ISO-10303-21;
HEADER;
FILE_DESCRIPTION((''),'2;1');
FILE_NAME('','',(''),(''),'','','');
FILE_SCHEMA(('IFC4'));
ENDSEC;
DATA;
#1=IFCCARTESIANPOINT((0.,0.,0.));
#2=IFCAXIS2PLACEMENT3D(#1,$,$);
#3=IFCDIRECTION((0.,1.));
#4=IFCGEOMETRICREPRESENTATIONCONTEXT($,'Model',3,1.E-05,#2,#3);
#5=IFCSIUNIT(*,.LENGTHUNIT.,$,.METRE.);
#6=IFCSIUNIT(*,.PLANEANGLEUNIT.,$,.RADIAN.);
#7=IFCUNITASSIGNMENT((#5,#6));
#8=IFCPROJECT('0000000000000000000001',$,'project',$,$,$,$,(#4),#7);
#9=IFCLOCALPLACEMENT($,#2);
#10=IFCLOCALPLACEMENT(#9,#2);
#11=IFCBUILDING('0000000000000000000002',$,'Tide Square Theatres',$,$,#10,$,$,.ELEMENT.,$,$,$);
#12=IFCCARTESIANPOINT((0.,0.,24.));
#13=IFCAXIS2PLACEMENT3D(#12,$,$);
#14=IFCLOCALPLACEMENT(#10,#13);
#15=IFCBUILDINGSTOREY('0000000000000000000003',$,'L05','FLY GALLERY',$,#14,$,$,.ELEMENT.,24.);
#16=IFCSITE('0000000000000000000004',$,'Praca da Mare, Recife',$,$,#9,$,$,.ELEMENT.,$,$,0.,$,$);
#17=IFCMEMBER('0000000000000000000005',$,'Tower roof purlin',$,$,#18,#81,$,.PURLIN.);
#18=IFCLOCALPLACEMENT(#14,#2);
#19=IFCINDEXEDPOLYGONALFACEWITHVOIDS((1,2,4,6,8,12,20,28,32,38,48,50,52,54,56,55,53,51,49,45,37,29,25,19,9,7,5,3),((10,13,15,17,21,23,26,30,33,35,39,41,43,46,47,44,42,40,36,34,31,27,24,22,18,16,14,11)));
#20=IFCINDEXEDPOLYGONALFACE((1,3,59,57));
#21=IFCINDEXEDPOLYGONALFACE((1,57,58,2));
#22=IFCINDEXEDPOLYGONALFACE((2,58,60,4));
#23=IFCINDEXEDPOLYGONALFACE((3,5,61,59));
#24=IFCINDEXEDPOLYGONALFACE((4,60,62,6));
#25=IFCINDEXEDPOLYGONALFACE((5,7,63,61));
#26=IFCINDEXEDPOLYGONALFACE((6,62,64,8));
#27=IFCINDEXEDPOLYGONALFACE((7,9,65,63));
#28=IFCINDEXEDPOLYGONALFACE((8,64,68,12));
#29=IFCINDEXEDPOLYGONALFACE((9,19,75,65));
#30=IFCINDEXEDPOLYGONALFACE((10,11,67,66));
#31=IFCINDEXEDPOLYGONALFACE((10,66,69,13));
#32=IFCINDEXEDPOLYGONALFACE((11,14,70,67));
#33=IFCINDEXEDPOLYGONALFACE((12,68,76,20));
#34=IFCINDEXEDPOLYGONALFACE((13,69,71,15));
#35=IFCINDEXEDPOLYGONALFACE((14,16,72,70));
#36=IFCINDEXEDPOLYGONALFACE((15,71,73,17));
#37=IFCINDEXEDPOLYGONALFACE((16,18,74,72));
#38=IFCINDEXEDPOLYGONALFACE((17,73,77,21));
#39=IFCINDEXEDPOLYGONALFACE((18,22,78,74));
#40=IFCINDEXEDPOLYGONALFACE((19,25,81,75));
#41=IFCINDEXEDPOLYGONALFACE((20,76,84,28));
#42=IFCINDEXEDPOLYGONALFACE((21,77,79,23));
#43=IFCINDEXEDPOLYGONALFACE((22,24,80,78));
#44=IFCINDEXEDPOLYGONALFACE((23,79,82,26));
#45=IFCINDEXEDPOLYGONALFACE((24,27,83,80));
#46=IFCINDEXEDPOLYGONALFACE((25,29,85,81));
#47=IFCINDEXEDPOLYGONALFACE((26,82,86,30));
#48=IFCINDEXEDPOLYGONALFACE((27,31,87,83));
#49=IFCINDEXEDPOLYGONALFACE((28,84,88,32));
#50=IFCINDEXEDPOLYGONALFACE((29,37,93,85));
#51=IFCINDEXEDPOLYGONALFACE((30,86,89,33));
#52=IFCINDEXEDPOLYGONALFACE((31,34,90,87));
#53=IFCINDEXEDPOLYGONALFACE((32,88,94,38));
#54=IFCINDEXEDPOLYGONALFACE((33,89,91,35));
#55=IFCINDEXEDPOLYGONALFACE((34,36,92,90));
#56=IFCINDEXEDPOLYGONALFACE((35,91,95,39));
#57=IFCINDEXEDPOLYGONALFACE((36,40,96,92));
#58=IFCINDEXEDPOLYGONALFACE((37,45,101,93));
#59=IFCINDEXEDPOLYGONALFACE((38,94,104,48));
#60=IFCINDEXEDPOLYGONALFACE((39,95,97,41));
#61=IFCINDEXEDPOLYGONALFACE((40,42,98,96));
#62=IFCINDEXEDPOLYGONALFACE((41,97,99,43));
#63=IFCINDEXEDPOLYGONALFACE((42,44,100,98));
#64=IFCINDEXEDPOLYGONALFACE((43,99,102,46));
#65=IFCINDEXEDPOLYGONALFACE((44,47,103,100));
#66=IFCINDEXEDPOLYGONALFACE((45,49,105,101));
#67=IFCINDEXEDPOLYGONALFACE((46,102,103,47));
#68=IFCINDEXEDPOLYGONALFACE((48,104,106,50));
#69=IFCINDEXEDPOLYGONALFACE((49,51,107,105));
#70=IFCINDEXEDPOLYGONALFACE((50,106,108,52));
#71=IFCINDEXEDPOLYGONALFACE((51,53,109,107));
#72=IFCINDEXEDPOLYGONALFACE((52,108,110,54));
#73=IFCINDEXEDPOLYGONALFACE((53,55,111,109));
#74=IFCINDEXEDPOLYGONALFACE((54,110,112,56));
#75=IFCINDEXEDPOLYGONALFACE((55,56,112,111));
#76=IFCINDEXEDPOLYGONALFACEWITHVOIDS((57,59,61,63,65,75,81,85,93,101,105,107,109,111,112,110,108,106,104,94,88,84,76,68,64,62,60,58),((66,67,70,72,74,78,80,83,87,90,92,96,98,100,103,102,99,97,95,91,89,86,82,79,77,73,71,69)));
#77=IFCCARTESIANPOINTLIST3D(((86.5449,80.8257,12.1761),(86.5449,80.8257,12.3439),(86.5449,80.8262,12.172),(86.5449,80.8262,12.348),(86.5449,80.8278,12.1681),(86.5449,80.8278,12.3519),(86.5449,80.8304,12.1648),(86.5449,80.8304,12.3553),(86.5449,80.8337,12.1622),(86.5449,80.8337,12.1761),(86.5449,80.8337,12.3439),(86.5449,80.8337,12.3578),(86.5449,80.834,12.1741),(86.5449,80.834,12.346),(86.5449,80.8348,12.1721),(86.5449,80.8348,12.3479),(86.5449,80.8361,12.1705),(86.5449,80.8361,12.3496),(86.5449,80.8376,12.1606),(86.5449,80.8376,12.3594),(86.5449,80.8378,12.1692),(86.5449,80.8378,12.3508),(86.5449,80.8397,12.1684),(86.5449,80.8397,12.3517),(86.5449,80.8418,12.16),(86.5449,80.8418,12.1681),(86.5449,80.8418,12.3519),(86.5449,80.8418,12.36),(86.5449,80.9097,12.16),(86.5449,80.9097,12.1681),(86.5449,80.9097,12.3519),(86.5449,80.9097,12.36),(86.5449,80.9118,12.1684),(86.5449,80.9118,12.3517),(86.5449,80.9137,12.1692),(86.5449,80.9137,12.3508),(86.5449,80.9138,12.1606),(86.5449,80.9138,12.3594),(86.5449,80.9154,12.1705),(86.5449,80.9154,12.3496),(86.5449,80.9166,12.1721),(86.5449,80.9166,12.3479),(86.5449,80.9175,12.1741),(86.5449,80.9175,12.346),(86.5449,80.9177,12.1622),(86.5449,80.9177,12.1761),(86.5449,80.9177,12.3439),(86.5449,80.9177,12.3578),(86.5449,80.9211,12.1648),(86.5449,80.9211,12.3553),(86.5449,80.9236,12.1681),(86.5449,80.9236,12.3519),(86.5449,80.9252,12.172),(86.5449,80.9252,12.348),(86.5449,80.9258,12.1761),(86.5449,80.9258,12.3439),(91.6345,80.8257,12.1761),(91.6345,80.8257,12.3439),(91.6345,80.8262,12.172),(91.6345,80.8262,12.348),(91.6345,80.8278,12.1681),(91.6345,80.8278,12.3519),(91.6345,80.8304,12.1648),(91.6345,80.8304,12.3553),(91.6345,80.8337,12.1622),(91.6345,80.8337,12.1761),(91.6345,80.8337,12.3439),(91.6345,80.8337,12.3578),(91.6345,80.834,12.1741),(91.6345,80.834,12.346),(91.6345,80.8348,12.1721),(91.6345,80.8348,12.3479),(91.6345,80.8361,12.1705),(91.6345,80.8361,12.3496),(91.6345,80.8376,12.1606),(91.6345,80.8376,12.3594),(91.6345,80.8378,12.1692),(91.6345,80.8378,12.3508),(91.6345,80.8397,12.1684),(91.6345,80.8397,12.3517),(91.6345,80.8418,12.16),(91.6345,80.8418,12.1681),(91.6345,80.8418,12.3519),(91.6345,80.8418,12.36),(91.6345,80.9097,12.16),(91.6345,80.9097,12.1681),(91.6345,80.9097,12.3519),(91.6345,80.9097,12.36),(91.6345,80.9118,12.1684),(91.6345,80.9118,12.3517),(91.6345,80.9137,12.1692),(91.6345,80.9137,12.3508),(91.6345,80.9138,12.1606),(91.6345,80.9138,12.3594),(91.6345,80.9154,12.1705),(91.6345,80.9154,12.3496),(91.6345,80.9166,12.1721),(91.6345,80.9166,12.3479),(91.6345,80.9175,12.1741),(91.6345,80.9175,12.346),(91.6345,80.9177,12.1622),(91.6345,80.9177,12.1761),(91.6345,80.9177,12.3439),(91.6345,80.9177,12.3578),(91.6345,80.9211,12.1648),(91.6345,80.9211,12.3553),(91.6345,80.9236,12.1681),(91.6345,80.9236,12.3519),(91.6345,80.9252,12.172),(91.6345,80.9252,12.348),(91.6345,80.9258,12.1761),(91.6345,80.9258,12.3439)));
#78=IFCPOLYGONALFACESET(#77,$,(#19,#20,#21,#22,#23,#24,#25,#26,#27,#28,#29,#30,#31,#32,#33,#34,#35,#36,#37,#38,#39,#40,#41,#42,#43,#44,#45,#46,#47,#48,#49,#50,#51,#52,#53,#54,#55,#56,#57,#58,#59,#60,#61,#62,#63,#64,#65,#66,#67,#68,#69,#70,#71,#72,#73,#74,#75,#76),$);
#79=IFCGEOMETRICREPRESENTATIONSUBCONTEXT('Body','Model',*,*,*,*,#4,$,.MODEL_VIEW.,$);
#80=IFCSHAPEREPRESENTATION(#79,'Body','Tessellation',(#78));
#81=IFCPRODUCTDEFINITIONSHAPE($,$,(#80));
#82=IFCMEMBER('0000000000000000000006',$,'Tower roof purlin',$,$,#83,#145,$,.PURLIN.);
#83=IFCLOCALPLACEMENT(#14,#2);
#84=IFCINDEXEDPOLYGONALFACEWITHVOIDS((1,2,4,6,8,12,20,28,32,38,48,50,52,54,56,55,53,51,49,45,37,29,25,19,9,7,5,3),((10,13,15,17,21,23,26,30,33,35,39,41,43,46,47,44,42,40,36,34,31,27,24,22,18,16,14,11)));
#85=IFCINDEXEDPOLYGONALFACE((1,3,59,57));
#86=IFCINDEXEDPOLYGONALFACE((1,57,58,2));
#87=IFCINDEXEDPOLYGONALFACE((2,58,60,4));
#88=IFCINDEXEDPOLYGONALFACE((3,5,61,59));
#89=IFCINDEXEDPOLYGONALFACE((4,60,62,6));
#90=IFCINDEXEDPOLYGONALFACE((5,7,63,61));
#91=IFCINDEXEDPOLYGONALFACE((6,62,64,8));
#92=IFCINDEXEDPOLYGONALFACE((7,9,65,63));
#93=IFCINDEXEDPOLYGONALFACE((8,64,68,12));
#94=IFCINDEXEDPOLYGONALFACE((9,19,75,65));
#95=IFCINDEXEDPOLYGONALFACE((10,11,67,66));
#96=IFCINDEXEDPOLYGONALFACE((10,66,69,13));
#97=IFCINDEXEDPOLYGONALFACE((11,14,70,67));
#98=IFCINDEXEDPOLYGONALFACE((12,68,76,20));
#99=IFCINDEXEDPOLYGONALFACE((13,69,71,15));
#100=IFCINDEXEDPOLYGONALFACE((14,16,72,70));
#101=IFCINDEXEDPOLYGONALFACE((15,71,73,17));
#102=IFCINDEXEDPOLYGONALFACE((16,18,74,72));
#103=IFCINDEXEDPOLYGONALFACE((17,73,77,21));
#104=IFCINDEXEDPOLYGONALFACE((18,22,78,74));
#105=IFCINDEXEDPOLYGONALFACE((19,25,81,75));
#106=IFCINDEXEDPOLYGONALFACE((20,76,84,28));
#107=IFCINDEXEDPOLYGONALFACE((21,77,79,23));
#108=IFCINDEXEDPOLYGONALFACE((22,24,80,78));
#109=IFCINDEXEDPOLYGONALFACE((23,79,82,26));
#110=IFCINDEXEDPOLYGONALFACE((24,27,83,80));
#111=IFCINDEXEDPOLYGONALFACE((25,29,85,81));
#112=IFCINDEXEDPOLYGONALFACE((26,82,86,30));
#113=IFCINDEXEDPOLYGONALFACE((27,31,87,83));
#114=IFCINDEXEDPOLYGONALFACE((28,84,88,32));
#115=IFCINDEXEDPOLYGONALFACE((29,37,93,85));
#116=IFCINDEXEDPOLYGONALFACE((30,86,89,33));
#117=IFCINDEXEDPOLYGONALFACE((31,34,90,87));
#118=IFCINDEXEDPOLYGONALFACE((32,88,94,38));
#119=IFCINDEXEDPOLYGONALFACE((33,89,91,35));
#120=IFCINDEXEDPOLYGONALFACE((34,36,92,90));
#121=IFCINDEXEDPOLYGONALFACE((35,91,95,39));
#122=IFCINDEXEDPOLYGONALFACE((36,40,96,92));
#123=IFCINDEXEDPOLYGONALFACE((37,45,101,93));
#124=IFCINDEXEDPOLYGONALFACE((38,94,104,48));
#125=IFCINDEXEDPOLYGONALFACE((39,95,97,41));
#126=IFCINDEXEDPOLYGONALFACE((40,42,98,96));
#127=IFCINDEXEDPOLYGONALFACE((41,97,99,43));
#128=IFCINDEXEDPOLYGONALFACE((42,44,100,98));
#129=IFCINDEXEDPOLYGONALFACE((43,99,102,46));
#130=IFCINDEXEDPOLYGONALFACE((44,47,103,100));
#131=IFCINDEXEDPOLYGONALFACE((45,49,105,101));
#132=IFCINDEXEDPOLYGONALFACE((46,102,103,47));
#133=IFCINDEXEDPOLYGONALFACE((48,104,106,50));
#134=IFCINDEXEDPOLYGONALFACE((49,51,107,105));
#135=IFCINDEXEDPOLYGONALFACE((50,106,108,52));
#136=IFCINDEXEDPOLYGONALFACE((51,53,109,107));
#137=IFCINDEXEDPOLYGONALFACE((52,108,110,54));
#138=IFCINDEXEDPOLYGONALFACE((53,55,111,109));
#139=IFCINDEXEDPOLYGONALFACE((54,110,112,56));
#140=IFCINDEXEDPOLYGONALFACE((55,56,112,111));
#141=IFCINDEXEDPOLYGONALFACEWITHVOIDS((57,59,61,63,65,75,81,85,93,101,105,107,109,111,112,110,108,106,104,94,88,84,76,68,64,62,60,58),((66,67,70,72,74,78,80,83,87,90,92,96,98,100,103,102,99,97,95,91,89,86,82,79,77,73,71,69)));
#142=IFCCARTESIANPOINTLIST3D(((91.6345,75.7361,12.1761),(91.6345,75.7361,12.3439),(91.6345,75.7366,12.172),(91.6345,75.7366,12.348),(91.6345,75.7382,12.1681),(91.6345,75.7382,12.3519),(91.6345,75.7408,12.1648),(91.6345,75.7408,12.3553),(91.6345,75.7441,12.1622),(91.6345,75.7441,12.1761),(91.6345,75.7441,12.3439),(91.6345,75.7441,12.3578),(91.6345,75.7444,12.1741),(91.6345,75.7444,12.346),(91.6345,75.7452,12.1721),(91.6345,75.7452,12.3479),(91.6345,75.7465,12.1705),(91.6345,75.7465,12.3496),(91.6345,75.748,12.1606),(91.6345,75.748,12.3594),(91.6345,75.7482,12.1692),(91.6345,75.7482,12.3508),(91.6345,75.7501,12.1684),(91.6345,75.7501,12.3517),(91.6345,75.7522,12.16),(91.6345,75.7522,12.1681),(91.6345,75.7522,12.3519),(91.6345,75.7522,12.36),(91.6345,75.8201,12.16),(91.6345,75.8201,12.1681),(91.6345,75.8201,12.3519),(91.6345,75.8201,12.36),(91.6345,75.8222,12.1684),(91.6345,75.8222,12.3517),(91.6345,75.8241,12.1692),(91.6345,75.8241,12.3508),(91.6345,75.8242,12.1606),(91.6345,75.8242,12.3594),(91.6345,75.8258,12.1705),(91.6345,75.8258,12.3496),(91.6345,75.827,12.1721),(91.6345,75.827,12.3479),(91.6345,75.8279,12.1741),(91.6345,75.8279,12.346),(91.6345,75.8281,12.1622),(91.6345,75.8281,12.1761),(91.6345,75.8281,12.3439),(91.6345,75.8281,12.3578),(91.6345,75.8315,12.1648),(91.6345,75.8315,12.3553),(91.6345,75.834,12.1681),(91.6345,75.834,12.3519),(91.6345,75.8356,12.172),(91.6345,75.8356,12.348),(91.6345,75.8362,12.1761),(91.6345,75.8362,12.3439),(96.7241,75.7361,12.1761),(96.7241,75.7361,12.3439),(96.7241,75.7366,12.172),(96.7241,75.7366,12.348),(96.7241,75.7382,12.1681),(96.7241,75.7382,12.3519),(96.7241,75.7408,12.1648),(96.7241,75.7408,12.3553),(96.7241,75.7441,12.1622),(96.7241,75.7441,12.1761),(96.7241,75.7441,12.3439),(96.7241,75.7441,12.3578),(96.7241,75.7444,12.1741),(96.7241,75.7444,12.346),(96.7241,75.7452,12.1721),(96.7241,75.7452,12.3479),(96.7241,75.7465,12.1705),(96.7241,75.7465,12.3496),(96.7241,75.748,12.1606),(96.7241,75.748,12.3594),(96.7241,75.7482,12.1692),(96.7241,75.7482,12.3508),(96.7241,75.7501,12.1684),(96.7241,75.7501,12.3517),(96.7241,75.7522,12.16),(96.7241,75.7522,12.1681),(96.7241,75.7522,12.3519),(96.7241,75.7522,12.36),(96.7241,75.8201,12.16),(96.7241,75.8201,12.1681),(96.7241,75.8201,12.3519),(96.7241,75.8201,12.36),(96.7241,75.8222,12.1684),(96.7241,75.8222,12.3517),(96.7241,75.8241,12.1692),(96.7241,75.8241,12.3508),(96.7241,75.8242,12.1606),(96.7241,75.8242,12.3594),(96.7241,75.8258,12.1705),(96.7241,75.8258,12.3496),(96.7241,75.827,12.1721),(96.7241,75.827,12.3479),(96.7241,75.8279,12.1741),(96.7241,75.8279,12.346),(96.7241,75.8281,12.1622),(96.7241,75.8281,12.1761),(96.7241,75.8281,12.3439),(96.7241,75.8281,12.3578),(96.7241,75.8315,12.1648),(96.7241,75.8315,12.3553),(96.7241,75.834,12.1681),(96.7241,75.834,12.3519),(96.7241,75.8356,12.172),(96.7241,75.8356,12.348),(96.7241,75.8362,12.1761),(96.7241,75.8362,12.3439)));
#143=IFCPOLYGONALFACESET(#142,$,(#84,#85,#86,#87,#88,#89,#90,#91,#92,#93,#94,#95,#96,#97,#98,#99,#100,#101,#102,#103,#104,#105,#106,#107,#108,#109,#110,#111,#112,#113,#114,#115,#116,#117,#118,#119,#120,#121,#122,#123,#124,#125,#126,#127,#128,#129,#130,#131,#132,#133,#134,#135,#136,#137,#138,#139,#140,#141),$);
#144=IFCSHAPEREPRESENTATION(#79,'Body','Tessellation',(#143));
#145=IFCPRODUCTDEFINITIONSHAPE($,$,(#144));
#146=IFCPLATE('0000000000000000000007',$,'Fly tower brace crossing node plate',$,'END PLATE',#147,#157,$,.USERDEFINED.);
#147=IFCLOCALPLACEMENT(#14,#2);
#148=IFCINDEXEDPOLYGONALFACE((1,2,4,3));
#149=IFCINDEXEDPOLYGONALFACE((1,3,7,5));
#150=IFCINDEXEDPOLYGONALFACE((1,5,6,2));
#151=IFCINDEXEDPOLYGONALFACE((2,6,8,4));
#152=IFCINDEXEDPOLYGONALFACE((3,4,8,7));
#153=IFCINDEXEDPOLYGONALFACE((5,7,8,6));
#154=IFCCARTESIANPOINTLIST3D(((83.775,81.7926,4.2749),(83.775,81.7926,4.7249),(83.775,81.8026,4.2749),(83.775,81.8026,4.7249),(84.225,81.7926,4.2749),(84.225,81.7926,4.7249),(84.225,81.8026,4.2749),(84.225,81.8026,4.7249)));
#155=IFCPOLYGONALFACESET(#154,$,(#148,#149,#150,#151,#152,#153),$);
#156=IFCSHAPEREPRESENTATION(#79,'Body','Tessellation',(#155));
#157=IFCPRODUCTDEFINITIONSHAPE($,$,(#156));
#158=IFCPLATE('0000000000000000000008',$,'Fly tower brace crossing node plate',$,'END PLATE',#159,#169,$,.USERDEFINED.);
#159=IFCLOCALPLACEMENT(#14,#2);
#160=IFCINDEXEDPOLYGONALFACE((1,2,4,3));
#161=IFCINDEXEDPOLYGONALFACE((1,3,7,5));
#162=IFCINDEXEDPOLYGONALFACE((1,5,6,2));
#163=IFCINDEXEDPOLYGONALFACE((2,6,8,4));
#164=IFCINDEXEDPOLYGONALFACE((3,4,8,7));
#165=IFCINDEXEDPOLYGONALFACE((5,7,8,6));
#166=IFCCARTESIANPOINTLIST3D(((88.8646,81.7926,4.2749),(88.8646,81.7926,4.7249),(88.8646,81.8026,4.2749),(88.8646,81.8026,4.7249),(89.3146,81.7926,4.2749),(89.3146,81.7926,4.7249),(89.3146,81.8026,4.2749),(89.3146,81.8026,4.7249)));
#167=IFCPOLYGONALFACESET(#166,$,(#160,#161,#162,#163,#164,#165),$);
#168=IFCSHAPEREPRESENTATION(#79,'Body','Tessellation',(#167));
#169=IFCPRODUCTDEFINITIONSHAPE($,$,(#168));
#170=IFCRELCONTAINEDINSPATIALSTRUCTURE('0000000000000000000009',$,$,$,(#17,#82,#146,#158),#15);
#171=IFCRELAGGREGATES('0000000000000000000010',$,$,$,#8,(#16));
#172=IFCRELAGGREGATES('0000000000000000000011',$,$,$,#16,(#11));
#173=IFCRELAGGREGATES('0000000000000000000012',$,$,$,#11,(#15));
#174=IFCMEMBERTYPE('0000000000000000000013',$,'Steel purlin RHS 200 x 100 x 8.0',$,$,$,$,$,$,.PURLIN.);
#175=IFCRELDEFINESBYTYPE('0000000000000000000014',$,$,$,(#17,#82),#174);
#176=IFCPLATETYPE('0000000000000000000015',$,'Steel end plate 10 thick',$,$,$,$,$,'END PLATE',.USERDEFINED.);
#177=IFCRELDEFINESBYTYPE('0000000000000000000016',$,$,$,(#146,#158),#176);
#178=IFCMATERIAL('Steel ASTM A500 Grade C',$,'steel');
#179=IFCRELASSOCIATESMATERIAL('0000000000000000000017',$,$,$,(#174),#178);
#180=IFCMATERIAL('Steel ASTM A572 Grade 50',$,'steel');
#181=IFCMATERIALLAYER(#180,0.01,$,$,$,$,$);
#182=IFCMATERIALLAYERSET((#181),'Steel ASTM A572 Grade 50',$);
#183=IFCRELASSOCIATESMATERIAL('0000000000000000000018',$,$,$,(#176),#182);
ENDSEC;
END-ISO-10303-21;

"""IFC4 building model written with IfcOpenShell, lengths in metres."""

from ifc_helpers import new_model, si_unit, direction, frame, origin, origin_2d, place, context, subcontext, project, spatial, rectangle, hollow_rectangle, extrude, material, layer, layer_set, material_profile, profile_set, type_object, element, save


model = new_model("IFC4")

# Units and contexts
model_context = context("Model", 3, precision=1e-05, world=origin(), true_north=direction((0.0, 1.0)))
body_context = subcontext(model_context, "Body", "Model", "MODEL_VIEW")
ifc_project = project(units=[si_unit("LENGTHUNIT", "METRE"), si_unit("PLANEANGLEUNIT", "RADIAN")], contexts=[model_context])

# Site, building, storey
site_placement = place(None, origin())
site = spatial("IfcSite", under=ifc_project, at=site_placement, Name="Praca da Mare, Recife", CompositionType="ELEMENT", RefElevation=0.0)
building_placement = place(site_placement, origin())
building = spatial("IfcBuilding", under=site, at=building_placement, Name="Tide Square Theatres", CompositionType="ELEMENT")
storey_placement = place(building_placement, frame((0.0, 0.0, 24.0)))
storey = spatial("IfcBuildingStorey", under=building, at=storey_placement, Name="L05", Description="FLY GALLERY", CompositionType="ELEMENT", Elevation=24.0)

# Members
ifc_material_1 = material(Name="Steel ASTM A500 Grade C", Category="steel")
ifc_material_profile_1 = material_profile(ifc_material_1, hollow_rectangle(XDim=0.1001, YDim=0.2, WallThickness=0.0081, InnerFilletRadius=0.0081, OuterFilletRadius=0.0161, at=origin_2d()))
ifc_profile_set_1 = profile_set([ifc_material_profile_1], Name="Steel ASTM A500 Grade C")
member_type_1 = type_object("IfcMemberType", Name="Steel purlin RHS 200 x 100 x 8.0", PredefinedType="PURLIN", material=ifc_profile_set_1)
for number, where, z_axis, x_axis, name in (
    (1, (86.5449, 80.8757, 12.26), (1.0, 0.0, 0.0), (0.0, 1.0, 0.0), "Tower roof purlin"),
    (2, (91.6345, 75.7861, 12.26), (1.0, 0.0, 0.0), (0.0, 1.0, 0.0), "Tower roof purlin"),
):
    element("IfcMember", number, at=place(storey_placement, frame(where, z_axis=z_axis, x_axis=x_axis)), inside=storey, type_object=member_type_1, Name=name, PredefinedType="PURLIN", context=body_context, shape_type="SweptSolid", body=[
        extrude(hollow_rectangle(XDim=0.1001, YDim=0.2, WallThickness=0.0081, InnerFilletRadius=0.0081, OuterFilletRadius=0.0161, at=origin_2d()), origin(), (0.0, 0.0, 1.0), 5.0896),
    ])

# Plates
ifc_material_2 = material(Name="Steel ASTM A572 Grade 50", Category="steel")
ifc_layer = layer(ifc_material_2, 0.01)
ifc_layer_set = layer_set([ifc_layer], Name="Steel ASTM A572 Grade 50")
plate_type = type_object("IfcPlateType", Name="Steel end plate 10 thick", ElementType="END PLATE", PredefinedType="USERDEFINED", material=ifc_layer_set)
for number, where, z_axis, x_axis, name in (
    (3, (84.0, 81.7976, 4.2749), (0.0, 0.0, 1.0), (0.0, 1.0, 0.0), "Fly tower brace crossing node plate"),
    (4, (89.0896, 81.7976, 4.2749), (0.0, 0.0, 1.0), (0.0, 1.0, 0.0), "Fly tower brace crossing node plate"),
):
    element("IfcPlate", number, at=place(storey_placement, frame(where, z_axis=z_axis, x_axis=x_axis)), inside=storey, type_object=plate_type, Name=name, ObjectType="END PLATE", PredefinedType="USERDEFINED", context=body_context, shape_type="SweptSolid", body=[
        extrude(rectangle(XDim=0.01, YDim=0.45, at=origin_2d()), origin(), (0.0, 0.0, 1.0), 0.45),
    ])

save(model, "model.ifc")
